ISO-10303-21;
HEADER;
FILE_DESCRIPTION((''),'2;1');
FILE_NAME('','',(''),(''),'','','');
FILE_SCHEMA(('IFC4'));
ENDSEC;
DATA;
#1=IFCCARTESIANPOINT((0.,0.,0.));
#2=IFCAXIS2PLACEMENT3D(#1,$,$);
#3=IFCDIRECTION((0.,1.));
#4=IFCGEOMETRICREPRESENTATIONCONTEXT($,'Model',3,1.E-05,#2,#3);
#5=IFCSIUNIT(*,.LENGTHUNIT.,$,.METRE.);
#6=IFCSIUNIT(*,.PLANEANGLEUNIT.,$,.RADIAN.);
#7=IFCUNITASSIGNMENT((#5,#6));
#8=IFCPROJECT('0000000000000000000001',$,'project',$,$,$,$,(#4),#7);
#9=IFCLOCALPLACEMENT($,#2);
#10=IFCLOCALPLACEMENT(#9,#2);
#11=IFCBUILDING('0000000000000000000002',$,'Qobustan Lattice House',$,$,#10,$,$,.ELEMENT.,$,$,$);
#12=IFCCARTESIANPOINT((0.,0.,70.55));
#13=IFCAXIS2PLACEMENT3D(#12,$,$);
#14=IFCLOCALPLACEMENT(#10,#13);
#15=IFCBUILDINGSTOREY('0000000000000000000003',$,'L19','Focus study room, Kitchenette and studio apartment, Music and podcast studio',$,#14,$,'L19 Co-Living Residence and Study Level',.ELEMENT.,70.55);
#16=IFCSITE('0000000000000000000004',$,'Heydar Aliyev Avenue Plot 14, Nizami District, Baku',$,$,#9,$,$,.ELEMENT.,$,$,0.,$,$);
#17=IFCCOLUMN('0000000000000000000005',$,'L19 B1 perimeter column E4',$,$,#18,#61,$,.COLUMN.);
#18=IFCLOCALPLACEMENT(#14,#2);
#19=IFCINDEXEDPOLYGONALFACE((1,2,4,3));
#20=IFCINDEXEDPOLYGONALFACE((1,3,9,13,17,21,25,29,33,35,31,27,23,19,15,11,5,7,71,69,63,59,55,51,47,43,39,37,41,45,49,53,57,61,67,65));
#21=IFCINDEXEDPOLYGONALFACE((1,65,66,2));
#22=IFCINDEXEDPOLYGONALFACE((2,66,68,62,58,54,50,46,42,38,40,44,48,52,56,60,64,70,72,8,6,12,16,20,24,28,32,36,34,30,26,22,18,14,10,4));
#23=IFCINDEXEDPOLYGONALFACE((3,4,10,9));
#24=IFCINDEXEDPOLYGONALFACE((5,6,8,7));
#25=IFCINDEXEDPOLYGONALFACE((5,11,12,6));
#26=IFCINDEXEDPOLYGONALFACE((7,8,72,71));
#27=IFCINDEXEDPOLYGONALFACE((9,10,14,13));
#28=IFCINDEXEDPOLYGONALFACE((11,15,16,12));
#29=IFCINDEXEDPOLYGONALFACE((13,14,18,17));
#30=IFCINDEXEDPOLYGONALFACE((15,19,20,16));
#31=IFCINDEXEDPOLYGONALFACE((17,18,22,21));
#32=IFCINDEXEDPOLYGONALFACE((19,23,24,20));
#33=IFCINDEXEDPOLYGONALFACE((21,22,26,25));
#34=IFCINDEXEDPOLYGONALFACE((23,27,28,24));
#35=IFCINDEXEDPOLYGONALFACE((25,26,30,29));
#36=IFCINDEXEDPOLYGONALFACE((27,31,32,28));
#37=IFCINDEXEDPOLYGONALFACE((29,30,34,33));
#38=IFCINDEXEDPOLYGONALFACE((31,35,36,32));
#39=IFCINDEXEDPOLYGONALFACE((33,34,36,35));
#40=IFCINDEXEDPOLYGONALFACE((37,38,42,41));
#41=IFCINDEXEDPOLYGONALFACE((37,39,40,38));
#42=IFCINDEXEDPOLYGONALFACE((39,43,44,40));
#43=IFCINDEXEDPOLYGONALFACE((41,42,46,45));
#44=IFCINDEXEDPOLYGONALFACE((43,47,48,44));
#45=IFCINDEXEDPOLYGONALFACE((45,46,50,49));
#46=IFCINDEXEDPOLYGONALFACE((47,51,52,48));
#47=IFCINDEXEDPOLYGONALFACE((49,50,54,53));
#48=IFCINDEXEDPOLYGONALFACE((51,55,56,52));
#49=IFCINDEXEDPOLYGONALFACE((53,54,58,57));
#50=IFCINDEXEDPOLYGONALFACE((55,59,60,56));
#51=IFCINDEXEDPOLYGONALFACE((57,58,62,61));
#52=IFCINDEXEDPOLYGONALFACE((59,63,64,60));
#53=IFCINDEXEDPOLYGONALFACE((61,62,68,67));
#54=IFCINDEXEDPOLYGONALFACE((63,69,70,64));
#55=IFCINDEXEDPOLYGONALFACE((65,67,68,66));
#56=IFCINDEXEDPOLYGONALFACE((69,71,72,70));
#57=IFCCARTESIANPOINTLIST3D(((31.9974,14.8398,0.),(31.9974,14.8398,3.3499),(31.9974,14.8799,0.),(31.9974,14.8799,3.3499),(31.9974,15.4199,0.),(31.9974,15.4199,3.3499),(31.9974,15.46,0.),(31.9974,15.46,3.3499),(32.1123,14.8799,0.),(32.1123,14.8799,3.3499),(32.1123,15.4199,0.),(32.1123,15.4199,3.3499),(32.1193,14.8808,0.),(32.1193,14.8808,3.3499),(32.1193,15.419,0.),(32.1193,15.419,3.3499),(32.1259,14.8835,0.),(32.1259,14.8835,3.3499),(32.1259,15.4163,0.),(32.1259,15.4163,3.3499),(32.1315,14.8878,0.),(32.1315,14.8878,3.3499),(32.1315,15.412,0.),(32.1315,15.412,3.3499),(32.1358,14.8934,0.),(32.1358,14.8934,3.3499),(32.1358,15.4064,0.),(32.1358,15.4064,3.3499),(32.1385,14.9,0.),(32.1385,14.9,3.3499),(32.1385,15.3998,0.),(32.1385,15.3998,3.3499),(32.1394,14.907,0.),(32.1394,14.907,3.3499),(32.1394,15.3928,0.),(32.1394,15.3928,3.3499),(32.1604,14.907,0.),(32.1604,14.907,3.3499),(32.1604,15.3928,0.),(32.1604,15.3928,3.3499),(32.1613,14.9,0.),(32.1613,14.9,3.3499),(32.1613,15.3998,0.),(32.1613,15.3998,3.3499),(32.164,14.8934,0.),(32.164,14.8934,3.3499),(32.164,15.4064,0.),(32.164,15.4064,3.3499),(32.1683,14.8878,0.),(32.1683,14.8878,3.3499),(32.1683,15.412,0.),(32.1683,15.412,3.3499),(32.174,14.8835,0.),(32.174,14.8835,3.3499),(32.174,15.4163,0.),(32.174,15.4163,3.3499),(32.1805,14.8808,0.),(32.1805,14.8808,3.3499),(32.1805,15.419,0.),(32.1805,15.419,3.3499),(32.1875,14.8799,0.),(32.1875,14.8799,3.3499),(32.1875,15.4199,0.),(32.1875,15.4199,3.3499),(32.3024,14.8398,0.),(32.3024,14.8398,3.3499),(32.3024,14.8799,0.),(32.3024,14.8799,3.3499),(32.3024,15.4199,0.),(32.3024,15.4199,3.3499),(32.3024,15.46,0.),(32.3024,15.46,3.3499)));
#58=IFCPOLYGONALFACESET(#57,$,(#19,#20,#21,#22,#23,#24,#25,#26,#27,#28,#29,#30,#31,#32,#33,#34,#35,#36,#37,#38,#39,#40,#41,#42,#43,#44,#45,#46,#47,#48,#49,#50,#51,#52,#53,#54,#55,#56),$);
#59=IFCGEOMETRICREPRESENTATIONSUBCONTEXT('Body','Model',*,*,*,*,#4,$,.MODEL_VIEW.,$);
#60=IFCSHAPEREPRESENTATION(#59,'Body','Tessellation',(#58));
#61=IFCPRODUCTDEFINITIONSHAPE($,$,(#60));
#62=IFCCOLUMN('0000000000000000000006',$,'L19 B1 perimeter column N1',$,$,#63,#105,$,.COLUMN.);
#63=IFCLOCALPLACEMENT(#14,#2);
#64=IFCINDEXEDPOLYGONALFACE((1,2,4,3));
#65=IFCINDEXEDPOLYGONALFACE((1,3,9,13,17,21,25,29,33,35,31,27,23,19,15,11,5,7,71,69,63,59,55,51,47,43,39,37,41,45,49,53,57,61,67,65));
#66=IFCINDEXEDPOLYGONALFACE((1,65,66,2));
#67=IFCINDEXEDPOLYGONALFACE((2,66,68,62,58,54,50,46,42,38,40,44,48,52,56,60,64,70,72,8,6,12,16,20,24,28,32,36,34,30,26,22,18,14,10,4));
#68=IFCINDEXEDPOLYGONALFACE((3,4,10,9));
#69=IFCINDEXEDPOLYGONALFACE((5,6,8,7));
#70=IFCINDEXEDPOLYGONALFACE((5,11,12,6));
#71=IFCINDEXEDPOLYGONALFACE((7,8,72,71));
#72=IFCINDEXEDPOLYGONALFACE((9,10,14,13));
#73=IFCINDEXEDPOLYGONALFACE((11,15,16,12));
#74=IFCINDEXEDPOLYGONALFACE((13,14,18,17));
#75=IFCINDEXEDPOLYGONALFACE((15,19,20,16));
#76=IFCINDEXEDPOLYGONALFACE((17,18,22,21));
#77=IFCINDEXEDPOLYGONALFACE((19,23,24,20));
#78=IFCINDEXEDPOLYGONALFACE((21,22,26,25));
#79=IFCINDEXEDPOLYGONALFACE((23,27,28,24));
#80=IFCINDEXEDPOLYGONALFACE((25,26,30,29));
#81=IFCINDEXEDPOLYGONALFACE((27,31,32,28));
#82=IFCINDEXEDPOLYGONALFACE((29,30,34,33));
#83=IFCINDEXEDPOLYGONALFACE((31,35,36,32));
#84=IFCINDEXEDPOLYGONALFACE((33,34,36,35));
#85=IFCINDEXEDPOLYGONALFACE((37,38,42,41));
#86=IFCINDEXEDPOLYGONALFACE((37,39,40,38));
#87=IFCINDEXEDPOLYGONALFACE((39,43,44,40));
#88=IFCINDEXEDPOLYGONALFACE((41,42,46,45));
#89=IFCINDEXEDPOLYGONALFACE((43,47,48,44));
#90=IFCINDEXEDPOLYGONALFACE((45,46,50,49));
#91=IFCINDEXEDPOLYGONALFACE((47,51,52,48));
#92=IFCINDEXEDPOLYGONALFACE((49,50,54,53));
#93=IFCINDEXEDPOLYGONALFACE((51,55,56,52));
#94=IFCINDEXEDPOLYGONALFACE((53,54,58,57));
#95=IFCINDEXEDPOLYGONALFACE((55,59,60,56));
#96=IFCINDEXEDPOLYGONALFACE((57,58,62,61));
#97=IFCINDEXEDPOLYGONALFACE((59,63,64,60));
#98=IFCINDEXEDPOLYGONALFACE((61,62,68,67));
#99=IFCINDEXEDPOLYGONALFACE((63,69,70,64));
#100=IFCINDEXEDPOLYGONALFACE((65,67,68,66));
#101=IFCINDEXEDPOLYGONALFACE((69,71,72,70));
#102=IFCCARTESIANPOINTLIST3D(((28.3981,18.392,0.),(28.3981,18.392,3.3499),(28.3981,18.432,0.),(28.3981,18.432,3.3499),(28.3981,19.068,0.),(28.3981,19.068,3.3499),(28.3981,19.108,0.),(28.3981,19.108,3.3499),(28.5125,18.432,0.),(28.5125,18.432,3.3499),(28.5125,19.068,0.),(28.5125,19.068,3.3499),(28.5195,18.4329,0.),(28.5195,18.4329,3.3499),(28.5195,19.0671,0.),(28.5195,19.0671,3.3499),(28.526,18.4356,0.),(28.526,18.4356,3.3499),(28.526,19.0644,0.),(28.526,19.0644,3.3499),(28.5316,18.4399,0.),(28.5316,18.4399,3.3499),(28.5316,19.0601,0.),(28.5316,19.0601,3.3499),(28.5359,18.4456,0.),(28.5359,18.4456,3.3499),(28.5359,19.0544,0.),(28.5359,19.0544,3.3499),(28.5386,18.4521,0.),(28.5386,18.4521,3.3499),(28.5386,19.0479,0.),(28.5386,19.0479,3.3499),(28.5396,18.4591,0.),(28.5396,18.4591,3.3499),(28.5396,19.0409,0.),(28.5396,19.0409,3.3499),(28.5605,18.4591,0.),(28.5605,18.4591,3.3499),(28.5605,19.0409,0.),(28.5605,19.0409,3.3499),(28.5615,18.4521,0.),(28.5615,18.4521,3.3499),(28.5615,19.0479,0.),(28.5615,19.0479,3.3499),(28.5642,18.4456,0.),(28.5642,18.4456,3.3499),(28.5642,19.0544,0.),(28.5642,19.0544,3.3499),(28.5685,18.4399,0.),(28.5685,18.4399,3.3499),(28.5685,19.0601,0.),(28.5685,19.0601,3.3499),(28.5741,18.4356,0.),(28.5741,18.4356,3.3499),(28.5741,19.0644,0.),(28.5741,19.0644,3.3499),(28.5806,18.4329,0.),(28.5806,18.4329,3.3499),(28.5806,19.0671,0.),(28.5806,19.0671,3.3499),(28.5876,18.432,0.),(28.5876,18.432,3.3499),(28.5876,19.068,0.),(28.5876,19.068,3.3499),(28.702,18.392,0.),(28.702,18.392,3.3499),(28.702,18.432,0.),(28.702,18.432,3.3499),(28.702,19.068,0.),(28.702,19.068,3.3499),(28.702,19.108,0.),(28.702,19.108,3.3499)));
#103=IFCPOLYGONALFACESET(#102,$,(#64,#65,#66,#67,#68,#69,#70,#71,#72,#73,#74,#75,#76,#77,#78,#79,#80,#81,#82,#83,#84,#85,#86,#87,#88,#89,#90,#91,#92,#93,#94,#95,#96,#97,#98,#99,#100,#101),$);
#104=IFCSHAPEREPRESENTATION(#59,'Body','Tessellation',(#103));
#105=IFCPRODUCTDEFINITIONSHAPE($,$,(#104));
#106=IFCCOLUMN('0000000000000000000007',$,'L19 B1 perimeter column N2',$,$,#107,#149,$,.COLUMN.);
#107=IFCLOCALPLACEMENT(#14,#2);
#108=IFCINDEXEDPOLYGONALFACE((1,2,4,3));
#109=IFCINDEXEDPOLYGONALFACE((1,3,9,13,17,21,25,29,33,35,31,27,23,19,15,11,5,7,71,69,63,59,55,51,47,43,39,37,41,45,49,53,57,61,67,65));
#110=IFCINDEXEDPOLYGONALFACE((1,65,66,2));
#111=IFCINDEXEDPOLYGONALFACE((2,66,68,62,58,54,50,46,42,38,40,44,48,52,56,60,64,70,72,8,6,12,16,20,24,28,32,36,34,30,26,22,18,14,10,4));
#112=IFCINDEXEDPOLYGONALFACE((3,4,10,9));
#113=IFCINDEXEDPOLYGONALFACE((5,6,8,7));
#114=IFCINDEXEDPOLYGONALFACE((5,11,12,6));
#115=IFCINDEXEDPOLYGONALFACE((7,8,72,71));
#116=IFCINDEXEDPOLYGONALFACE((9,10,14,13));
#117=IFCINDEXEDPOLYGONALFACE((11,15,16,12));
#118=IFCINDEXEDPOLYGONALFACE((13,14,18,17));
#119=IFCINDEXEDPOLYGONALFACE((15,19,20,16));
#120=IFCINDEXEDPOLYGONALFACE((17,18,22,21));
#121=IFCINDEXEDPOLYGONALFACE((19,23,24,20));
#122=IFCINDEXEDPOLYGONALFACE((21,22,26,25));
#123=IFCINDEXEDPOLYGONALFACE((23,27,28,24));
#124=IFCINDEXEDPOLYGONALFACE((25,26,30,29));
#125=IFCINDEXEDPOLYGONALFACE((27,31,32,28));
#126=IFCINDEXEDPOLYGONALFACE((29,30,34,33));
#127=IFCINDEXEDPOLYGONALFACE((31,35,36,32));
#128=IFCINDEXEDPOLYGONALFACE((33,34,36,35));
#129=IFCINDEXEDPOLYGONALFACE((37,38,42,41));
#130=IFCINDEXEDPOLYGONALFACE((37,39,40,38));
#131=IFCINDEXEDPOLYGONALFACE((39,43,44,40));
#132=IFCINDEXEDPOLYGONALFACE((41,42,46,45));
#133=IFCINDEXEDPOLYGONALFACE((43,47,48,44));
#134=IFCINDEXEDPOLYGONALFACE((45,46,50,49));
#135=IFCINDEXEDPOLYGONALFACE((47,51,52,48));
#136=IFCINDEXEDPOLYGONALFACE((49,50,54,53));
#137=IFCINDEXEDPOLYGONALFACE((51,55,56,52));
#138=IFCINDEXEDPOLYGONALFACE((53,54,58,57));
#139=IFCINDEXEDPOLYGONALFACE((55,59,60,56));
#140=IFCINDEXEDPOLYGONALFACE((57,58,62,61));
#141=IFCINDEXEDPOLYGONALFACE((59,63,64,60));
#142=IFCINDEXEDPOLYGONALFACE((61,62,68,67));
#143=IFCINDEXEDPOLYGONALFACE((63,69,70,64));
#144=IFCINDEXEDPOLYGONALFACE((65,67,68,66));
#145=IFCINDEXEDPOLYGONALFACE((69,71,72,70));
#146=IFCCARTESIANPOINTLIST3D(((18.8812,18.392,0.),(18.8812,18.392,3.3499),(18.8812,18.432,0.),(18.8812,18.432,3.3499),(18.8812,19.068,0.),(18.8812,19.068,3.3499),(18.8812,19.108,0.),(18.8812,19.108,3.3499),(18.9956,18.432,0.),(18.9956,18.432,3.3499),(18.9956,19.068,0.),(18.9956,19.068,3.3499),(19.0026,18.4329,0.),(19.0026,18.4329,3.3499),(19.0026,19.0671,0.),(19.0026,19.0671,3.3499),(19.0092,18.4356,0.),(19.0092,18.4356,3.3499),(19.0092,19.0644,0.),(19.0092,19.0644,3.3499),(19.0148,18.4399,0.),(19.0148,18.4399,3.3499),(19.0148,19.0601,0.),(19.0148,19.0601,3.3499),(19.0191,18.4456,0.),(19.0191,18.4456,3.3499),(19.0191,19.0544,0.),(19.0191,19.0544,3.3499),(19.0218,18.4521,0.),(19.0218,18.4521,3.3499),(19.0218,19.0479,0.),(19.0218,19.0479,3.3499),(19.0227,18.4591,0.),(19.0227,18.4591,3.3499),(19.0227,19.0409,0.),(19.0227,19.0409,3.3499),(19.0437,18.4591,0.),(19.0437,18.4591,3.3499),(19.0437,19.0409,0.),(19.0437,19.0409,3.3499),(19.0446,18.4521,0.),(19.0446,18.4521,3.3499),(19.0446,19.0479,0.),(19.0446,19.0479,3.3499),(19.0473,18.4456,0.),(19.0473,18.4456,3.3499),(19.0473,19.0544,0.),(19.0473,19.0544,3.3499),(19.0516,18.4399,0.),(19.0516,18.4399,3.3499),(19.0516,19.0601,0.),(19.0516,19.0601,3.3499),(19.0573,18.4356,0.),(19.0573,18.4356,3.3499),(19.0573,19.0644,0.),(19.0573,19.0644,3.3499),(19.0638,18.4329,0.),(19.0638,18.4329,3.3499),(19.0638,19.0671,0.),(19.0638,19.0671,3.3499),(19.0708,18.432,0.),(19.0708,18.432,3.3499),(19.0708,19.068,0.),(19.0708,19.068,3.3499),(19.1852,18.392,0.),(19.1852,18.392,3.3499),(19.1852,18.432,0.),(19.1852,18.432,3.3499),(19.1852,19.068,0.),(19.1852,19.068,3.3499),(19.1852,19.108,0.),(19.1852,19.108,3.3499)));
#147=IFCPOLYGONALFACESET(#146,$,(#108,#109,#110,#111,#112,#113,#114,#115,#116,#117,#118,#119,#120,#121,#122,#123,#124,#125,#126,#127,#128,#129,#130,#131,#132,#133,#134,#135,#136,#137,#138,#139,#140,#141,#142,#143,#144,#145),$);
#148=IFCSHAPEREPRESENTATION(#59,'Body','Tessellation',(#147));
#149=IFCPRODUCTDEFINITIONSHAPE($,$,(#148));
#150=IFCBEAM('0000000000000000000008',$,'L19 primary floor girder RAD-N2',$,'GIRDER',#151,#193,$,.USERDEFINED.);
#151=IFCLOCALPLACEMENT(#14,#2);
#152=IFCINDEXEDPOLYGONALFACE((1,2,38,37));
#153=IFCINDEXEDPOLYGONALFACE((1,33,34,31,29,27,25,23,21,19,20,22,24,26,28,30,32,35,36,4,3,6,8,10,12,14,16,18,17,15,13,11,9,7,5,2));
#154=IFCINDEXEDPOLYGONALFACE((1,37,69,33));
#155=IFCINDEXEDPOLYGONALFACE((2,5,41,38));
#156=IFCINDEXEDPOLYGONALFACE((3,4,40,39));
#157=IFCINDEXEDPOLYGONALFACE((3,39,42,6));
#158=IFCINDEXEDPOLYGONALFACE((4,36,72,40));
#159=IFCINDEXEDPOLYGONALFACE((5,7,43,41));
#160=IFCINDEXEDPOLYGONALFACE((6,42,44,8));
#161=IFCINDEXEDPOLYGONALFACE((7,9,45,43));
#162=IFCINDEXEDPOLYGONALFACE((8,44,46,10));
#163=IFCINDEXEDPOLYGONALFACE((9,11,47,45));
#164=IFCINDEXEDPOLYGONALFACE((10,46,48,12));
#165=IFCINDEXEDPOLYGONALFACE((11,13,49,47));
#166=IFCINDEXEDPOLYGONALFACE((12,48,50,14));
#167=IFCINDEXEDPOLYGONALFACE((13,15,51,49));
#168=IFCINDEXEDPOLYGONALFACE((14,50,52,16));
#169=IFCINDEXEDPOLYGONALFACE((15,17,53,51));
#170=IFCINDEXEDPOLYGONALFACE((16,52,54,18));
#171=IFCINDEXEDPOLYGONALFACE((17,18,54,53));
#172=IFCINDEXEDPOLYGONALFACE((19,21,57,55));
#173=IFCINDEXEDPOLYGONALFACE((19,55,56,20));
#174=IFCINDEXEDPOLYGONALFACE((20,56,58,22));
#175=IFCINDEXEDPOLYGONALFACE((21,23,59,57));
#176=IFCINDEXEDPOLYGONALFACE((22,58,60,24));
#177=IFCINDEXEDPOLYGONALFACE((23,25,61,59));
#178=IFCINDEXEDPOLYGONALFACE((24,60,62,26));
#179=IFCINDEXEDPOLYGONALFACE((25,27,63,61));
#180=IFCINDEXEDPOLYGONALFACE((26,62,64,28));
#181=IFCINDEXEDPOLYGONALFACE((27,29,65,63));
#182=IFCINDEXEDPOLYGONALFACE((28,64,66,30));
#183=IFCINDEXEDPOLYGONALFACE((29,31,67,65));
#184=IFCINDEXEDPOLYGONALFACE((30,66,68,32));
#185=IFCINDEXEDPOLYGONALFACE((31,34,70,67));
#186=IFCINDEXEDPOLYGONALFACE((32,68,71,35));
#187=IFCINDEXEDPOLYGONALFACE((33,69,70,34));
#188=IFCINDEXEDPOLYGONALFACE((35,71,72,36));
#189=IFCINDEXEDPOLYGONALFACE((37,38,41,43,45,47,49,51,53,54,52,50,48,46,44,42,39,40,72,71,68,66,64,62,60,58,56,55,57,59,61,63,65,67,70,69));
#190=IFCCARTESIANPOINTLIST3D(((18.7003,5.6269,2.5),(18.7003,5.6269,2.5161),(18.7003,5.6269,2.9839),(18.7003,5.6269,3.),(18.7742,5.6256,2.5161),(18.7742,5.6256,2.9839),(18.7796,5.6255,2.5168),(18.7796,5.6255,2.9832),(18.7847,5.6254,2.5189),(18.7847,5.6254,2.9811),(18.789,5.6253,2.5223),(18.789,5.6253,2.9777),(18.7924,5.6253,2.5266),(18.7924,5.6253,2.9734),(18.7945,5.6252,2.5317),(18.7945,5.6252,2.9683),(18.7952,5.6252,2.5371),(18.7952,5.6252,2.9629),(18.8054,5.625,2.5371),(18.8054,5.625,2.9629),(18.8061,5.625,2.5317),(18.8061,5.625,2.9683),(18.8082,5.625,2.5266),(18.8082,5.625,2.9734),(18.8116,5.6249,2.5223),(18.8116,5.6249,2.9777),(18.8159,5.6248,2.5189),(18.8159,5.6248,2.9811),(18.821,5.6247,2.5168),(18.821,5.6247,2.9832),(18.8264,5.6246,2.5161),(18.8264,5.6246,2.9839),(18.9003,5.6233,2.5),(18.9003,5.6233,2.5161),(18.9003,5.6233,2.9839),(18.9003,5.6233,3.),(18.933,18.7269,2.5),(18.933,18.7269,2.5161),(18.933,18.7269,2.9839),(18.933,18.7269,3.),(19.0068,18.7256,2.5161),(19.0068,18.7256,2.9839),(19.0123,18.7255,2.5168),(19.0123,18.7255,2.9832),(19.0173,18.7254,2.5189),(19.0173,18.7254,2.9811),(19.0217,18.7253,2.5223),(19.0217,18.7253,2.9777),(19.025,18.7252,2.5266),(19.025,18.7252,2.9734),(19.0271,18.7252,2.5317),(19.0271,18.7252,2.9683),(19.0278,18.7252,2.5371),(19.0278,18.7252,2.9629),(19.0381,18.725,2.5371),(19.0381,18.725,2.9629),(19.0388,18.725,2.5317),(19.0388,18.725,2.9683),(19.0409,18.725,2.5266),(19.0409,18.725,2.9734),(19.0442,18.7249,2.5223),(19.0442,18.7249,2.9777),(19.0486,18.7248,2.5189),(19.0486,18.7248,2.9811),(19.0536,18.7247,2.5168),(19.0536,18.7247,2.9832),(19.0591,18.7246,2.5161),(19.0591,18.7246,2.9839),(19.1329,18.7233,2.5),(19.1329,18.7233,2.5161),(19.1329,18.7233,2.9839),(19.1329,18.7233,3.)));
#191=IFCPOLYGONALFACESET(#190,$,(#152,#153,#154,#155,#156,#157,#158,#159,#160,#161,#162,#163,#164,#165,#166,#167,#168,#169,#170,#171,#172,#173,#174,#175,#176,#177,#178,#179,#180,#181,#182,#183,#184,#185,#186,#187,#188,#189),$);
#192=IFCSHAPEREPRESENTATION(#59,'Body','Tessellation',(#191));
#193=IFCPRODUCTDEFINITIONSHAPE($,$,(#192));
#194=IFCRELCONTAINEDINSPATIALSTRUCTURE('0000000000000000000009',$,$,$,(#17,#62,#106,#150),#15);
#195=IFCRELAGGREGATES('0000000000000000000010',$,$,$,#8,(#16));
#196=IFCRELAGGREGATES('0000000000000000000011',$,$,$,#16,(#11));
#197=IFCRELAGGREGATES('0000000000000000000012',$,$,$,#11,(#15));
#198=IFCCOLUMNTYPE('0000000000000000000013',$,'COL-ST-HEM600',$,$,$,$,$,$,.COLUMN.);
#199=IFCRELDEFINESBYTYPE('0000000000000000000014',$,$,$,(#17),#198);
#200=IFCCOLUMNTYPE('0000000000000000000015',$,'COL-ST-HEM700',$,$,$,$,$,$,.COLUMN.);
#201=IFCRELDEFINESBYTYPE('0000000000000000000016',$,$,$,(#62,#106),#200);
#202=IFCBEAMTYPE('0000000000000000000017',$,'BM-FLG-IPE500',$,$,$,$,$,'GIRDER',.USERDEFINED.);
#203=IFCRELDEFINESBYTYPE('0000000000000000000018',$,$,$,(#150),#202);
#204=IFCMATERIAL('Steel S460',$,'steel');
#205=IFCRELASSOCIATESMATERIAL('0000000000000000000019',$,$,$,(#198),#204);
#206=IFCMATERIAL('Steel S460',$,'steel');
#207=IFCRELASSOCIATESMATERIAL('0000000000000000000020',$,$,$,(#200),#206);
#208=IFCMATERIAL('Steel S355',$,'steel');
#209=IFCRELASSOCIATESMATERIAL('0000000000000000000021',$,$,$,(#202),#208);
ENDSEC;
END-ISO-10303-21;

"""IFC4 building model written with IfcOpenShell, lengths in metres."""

from ifc_helpers import new_model, si_unit, direction, frame, origin, origin_2d, place, context, subcontext, project, spatial, i_section, extrude, material, material_profile, profile_set, type_object, element, save


model = new_model("IFC4")

# Units and contexts
model_context = context("Model", 3, precision=1e-05, world=origin(), true_north=direction((0.0, 1.0)))
body_context = subcontext(model_context, "Body", "Model", "MODEL_VIEW")
ifc_project = project(units=[si_unit("LENGTHUNIT", "METRE"), si_unit("PLANEANGLEUNIT", "RADIAN")], contexts=[model_context])

# Site, building, storey
site_placement = place(None, origin())
site = spatial("IfcSite", under=ifc_project, at=site_placement, Name="Heydar Aliyev Avenue Plot 14, Nizami District, Baku", CompositionType="ELEMENT", RefElevation=0.0)
building_placement = place(site_placement, origin())
building = spatial("IfcBuilding", under=site, at=building_placement, Name="Qobustan Lattice House", CompositionType="ELEMENT")
storey_placement = place(building_placement, frame((0.0, 0.0, 70.55)))
storey = spatial("IfcBuildingStorey", under=building, at=storey_placement, Name="L19", Description="Focus study room, Kitchenette and studio apartment, Music and podcast studio", LongName="L19 Co-Living Residence and Study Level", CompositionType="ELEMENT", Elevation=70.55)

# Columns
ifc_material_1 = material(Name="Steel S460", Category="steel")
ifc_material_profile_1 = material_profile(ifc_material_1, i_section(OverallWidth=0.3049, OverallDepth=0.6201, WebThickness=0.021, FlangeThickness=0.04, FilletRadius=0.0271, at=origin_2d()), Name="HEM600")
ifc_profile_set_1 = profile_set([ifc_material_profile_1], Name="Steel S460")
column_type_1 = type_object("IfcColumnType", Name="COL-ST-HEM600", PredefinedType="COLUMN", material=ifc_profile_set_1)
column_placement = place(storey_placement, frame((32.1499, 15.1499, 0.0), z_axis=(0.0, 0.0, 1.0), x_axis=(1.0, 0.0, 0.0)))
element("IfcColumn", 1, at=column_placement, inside=storey, type_object=column_type_1, Name="L19 B1 perimeter column E4", PredefinedType="COLUMN", context=body_context, shape_type="SweptSolid", body=[
    extrude(i_section(OverallWidth=0.3049, OverallDepth=0.6201, WebThickness=0.021, FlangeThickness=0.04, FilletRadius=0.0271, at=origin_2d()), origin(), (0.0, 0.0, 1.0), 3.3499),
])
ifc_material_2 = material(Name="Steel S460", Category="steel")
ifc_material_profile_2 = material_profile(ifc_material_2, i_section(OverallWidth=0.304, OverallDepth=0.7161, WebThickness=0.021, FlangeThickness=0.04, FilletRadius=0.0271, at=origin_2d()), Name="HEM700")
ifc_profile_set_2 = profile_set([ifc_material_profile_2], Name="Steel S460")
column_type_2 = type_object("IfcColumnType", Name="COL-ST-HEM700", PredefinedType="COLUMN", material=ifc_profile_set_2)
for number, where, z_axis, x_axis, name in (
    (2, (28.55, 18.75, 0.0), (0.0, 0.0, 1.0), (1.0, 0.0, 0.0), "L19 B1 perimeter column N1"),
    (3, (19.0332, 18.75, 0.0), (0.0, 0.0, 1.0), (1.0, 0.0, 0.0), "L19 B1 perimeter column N2"),
):
    element("IfcColumn", number, at=place(storey_placement, frame(where, z_axis=z_axis, x_axis=x_axis)), inside=storey, type_object=column_type_2, Name=name, PredefinedType="COLUMN", context=body_context, shape_type="SweptSolid", body=[
        extrude(i_section(OverallWidth=0.304, OverallDepth=0.7161, WebThickness=0.021, FlangeThickness=0.04, FilletRadius=0.0271, at=origin_2d()), origin(), (0.0, 0.0, 1.0), 3.3499),
    ])

# Beam
ifc_material_3 = material(Name="Steel S355", Category="steel")
ifc_material_profile_3 = material_profile(ifc_material_3, i_section(OverallWidth=0.2, OverallDepth=0.5, WebThickness=0.0103, FlangeThickness=0.0161, FilletRadius=0.021, at=origin_2d()), Name="IPE500")
ifc_profile_set_3 = profile_set([ifc_material_profile_3], Name="Steel S355")
beam_type_1 = type_object("IfcBeamType", Name="BM-FLG-IPE500", ElementType="GIRDER", PredefinedType="USERDEFINED", material=ifc_profile_set_3)
beam_1_placement = place(storey_placement, frame((19.033, 18.7251, 2.75), z_axis=(-0.017758, -0.999842, 0.0), x_axis=(0.999842, -0.017758, 0.0)))
element("IfcBeam", 4, at=beam_1_placement, inside=storey, type_object=beam_type_1, Name="L19 primary floor girder RAD-N2", ObjectType="GIRDER", PredefinedType="USERDEFINED", context=body_context, shape_type="SweptSolid", body=[
    extrude(i_section(OverallWidth=0.2, OverallDepth=0.5, WebThickness=0.0103, FlangeThickness=0.0161, FilletRadius=0.021, at=origin_2d()), origin(), (0.0, 0.0, 1.0), 13.1021),
])

save(model, "model.ifc")
